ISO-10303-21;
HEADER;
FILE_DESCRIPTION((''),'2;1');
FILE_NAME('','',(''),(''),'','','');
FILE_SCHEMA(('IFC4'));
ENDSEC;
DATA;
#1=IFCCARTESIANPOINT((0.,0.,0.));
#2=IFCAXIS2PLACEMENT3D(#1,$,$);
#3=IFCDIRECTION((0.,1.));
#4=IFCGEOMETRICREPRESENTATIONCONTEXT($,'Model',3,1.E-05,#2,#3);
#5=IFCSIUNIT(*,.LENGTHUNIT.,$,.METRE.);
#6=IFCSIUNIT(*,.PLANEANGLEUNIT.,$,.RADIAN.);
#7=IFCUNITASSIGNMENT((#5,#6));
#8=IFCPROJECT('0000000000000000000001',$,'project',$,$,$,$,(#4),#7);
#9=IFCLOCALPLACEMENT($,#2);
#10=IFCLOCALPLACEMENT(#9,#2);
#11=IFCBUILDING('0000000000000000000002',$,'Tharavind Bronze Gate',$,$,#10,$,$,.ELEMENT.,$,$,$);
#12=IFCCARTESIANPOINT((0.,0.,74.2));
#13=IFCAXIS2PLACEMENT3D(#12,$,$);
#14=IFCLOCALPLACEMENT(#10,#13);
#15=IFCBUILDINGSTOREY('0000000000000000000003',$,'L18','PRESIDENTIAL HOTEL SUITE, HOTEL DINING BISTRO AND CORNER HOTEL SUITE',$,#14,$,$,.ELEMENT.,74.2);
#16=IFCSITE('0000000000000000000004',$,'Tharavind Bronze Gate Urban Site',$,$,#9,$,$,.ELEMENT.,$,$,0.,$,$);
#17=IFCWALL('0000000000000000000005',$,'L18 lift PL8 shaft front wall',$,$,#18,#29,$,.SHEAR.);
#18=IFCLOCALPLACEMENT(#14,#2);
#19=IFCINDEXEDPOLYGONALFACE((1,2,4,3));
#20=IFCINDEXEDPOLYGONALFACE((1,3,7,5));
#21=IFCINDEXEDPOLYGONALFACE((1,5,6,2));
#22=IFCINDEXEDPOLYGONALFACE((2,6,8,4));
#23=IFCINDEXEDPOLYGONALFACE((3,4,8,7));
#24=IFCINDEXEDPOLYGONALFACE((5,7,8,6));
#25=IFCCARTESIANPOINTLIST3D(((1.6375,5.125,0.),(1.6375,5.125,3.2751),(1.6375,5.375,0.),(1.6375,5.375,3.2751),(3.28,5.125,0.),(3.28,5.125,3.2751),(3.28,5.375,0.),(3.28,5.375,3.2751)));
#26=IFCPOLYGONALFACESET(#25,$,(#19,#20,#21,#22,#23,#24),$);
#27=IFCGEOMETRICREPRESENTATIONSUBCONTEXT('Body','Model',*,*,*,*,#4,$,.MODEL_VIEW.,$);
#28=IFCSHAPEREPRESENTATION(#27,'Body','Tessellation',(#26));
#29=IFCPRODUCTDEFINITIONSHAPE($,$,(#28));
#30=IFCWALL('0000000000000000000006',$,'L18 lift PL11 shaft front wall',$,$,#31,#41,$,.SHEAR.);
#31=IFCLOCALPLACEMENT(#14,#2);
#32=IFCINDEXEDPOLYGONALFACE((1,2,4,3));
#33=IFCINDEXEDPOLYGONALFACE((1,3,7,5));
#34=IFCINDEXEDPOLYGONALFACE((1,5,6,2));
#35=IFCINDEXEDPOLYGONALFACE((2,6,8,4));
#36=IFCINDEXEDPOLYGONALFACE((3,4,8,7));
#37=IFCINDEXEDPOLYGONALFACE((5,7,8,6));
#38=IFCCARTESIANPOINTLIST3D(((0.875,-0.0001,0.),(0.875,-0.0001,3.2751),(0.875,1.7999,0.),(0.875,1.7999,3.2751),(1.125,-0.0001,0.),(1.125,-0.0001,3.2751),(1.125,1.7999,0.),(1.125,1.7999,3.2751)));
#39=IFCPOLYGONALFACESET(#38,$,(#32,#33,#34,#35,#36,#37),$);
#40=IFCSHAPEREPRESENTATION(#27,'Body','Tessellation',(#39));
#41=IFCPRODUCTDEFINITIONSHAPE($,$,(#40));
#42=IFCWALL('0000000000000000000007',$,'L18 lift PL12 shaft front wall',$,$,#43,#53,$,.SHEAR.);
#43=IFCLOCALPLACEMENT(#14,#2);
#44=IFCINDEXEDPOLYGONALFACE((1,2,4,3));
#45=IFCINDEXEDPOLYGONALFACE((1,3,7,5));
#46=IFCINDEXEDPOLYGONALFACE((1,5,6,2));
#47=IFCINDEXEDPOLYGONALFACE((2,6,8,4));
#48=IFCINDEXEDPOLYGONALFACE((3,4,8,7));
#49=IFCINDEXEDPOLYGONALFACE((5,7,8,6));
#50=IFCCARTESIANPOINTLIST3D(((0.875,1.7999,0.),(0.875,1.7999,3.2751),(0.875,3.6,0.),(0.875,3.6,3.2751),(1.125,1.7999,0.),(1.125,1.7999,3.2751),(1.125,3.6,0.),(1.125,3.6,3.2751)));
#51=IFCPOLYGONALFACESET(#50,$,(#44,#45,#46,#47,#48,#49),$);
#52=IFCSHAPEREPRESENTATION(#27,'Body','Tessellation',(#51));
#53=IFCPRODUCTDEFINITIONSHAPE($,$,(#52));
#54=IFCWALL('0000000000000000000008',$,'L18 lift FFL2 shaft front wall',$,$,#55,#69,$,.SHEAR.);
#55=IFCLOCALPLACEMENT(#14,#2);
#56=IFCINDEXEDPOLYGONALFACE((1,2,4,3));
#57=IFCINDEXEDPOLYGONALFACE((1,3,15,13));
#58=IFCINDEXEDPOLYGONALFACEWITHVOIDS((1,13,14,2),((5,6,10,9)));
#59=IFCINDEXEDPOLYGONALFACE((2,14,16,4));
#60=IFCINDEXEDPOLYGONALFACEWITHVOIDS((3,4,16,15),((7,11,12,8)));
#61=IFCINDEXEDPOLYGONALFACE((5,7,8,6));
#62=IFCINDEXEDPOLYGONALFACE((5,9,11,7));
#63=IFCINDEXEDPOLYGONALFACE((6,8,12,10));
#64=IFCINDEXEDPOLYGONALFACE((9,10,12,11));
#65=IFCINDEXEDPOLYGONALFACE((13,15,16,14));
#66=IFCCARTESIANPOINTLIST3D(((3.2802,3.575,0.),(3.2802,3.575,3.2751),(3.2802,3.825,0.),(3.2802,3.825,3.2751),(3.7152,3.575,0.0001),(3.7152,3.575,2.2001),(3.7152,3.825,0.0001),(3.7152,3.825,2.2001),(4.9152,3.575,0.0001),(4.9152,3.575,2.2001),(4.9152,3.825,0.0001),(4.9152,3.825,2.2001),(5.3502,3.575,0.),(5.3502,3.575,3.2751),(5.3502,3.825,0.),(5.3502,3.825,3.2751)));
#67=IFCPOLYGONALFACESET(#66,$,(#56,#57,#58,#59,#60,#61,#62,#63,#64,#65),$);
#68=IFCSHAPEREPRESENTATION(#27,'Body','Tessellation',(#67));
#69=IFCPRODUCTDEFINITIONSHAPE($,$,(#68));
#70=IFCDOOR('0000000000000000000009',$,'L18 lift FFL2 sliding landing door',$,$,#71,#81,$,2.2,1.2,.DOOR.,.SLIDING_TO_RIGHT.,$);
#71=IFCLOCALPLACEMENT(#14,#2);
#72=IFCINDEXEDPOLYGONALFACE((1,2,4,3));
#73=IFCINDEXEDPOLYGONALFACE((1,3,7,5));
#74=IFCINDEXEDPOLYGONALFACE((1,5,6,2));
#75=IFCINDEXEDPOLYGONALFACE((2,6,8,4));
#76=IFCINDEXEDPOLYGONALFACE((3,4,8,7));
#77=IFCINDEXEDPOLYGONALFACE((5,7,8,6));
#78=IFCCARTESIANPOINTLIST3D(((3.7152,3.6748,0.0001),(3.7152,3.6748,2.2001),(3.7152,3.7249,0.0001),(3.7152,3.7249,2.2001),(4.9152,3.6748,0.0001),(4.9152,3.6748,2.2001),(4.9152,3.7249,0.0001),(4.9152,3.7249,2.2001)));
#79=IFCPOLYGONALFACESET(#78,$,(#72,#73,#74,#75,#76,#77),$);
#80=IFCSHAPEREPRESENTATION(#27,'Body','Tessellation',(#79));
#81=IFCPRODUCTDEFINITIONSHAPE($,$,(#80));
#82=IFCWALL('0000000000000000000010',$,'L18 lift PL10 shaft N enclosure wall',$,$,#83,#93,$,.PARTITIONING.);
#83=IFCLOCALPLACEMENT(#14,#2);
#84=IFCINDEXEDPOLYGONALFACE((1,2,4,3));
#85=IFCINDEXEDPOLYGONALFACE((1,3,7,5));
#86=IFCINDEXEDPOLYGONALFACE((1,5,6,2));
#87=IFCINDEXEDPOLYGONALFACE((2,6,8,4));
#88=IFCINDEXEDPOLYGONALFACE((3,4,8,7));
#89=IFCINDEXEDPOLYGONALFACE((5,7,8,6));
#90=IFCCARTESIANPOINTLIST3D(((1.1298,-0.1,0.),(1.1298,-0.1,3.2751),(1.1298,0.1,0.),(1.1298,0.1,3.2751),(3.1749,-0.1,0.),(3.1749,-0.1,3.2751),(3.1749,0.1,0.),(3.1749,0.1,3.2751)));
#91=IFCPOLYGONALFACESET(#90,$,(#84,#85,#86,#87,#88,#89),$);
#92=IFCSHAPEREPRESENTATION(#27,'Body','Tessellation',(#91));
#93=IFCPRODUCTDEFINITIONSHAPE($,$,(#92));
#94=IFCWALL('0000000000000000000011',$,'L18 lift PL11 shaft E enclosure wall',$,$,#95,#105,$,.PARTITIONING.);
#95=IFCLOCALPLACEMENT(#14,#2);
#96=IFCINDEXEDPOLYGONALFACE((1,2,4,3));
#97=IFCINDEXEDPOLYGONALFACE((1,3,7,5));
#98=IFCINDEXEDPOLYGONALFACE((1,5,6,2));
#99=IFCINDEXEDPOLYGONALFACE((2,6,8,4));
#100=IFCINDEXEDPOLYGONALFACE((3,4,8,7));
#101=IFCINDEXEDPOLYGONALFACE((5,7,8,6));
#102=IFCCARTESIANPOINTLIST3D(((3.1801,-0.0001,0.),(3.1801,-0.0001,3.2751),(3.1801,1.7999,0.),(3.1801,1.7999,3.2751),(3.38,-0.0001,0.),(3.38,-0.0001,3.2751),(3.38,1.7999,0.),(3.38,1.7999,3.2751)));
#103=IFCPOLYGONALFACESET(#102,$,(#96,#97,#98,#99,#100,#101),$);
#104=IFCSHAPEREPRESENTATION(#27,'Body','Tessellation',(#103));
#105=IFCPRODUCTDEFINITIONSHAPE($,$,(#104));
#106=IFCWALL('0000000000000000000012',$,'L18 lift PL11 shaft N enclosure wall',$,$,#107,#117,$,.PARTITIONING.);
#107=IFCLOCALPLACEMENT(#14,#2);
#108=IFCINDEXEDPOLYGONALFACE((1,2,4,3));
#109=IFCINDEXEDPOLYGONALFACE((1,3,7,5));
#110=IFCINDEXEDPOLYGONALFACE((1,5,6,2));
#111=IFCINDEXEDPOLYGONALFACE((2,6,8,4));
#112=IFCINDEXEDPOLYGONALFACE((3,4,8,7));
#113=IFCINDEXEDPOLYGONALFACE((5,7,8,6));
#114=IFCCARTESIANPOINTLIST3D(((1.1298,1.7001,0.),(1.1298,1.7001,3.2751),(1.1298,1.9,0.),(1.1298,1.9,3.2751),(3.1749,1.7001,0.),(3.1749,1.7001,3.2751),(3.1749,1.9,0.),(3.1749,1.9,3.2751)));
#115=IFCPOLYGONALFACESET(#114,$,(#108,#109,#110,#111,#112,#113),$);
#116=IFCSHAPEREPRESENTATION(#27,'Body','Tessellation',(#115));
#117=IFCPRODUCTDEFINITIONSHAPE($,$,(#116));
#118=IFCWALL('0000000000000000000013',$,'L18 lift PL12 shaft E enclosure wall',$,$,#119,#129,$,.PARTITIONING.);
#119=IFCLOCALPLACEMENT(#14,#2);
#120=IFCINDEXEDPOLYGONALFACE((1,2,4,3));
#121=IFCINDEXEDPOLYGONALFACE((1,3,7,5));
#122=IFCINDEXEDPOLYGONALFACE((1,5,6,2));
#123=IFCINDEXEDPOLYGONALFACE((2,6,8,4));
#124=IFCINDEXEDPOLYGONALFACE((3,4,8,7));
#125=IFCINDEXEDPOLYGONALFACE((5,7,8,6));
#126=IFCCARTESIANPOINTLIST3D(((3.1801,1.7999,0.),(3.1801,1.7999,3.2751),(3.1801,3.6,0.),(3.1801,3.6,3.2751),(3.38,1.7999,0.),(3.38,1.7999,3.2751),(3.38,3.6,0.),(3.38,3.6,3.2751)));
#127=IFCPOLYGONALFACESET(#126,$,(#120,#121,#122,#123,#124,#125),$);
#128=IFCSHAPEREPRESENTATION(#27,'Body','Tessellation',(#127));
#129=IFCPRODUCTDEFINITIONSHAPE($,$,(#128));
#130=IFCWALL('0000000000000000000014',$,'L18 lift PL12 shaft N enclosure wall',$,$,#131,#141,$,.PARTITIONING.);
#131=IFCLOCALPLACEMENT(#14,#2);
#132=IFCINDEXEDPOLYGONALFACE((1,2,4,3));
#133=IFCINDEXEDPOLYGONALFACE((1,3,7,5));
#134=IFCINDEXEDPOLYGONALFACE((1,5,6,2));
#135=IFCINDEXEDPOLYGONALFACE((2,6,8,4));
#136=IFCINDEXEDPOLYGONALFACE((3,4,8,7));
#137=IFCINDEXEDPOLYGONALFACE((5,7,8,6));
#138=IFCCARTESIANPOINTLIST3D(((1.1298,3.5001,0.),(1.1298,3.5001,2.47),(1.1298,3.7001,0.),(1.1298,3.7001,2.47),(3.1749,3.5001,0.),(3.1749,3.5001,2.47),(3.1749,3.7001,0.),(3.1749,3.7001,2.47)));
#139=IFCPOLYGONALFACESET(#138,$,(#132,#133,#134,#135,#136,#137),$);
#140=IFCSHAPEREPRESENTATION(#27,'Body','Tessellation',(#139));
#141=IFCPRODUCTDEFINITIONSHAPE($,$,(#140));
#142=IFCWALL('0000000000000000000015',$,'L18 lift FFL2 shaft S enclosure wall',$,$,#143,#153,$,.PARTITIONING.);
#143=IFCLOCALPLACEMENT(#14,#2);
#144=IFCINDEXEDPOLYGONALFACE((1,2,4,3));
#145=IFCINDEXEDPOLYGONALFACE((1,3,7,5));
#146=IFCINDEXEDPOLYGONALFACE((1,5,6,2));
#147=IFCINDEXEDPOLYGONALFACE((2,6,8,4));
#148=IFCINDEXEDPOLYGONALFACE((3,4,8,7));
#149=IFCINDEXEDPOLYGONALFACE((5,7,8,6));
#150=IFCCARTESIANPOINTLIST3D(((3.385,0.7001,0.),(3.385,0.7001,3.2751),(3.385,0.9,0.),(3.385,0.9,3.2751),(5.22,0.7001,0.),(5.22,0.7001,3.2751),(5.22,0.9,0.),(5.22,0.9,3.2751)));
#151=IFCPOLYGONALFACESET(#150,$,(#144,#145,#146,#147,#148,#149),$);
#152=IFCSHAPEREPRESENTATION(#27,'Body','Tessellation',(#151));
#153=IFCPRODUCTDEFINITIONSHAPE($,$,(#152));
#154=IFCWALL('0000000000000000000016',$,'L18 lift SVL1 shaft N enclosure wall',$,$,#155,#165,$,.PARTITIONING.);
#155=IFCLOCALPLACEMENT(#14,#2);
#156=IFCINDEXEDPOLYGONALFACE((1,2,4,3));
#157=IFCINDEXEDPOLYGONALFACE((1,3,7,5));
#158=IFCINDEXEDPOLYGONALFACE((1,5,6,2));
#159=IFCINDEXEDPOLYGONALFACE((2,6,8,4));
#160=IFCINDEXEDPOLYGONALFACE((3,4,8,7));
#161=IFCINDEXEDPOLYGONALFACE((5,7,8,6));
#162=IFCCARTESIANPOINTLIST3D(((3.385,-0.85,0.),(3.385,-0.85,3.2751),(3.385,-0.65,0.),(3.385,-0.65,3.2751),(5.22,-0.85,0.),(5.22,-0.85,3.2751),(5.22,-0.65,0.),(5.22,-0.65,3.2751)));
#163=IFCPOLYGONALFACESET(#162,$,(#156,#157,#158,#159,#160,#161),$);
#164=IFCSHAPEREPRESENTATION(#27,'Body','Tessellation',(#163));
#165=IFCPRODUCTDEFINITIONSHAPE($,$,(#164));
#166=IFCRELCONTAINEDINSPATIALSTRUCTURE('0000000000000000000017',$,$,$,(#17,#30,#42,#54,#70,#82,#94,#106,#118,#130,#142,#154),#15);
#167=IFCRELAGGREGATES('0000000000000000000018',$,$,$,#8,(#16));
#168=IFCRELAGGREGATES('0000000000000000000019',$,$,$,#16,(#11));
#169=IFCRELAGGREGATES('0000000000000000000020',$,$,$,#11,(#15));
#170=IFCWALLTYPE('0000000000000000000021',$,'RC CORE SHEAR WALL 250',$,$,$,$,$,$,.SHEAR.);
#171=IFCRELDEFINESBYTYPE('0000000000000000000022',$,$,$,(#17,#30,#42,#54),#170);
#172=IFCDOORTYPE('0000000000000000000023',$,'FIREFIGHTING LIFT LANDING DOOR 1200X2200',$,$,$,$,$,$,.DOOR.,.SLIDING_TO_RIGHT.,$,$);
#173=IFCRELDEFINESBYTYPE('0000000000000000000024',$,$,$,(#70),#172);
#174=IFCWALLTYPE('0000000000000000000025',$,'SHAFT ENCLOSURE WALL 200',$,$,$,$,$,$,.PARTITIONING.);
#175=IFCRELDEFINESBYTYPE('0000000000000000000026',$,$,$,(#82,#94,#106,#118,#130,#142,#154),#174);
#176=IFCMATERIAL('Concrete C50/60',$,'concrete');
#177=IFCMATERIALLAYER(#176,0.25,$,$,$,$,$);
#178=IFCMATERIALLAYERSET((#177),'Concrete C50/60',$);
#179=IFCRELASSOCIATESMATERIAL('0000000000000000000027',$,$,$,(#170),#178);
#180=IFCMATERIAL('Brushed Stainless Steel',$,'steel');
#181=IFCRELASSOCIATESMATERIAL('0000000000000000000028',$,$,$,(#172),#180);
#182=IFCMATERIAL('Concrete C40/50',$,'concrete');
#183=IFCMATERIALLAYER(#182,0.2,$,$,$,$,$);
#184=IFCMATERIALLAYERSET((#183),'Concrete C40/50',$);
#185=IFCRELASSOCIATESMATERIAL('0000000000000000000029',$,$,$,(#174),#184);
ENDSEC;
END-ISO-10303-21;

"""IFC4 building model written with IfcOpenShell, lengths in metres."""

from ifc_helpers import new_model, si_unit, direction, frame, frame_2d, origin, place, context, subcontext, project, spatial, rectangle, extrude, material, layer, layer_set, type_object, element, fill, save


model = new_model("IFC4")

# Units and contexts
model_context = context("Model", 3, precision=1e-05, world=origin(), true_north=direction((0.0, 1.0)))
body_context = subcontext(model_context, "Body", "Model", "MODEL_VIEW")
ifc_project = project(units=[si_unit("LENGTHUNIT", "METRE"), si_unit("PLANEANGLEUNIT", "RADIAN")], contexts=[model_context])

# Site, building, storey
site_placement = place(None, origin())
site = spatial("IfcSite", under=ifc_project, at=site_placement, Name="Tharavind Bronze Gate Urban Site", CompositionType="ELEMENT", RefElevation=0.0)
building_placement = place(site_placement, origin())
building = spatial("IfcBuilding", under=site, at=building_placement, Name="Tharavind Bronze Gate", CompositionType="ELEMENT")
storey_placement = place(building_placement, frame((0.0, 0.0, 74.2)))
storey = spatial("IfcBuildingStorey", under=building, at=storey_placement, Name="L18", Description="PRESIDENTIAL HOTEL SUITE, HOTEL DINING BISTRO AND CORNER HOTEL SUITE", CompositionType="ELEMENT", Elevation=74.2)

# Shared definitions
ifc_material_1 = material(Name="Concrete C50/60", Category="concrete")
ifc_layer_1 = layer(ifc_material_1, 0.25)
ifc_layer_set_1 = layer_set([ifc_layer_1], Name="Concrete C50/60")
wall_type_1 = type_object("IfcWallType", Name="RC CORE SHEAR WALL 250", PredefinedType="SHEAR", material=ifc_layer_set_1)

# Walls
wall_1_placement = place(storey_placement, frame((1.6375, 5.25, 0.0), z_axis=(0.0, 0.0, 1.0), x_axis=(1.0, 0.0, 0.0)))
element("IfcWall", 1, at=wall_1_placement, inside=storey, type_object=wall_type_1, Name="L18 lift PL8 shaft front wall", PredefinedType="SHEAR", context=body_context, shape_type="SweptSolid", body=[
    extrude(rectangle(XDim=1.6426, YDim=0.25, at=frame_2d((0.8213, 0.0))), origin(), (0.0, 0.0, 1.0), 3.2751),
])
for number, where, z_axis, x_axis, name in (
    (2, (1.0, 0.0, 0.0), (0.0, 0.0, 1.0), (0.0, 1.0, 0.0), "L18 lift PL11 shaft front wall"),
    (3, (1.0, 1.8, 0.0), (0.0, 0.0, 1.0), (0.0, 1.0, 0.0), "L18 lift PL12 shaft front wall"),
):
    element("IfcWall", number, at=place(storey_placement, frame(where, z_axis=z_axis, x_axis=x_axis)), inside=storey, type_object=wall_type_1, Name=name, PredefinedType="SHEAR", context=body_context, shape_type="SweptSolid", body=[
        extrude(rectangle(XDim=1.8, YDim=0.25, at=frame_2d((0.8999, 0.0))), origin(), (0.0, 0.0, 1.0), 3.2751),
    ])

# Wall, opening, door
wall_2_placement = place(storey_placement, frame((3.28, 3.7, 0.0), z_axis=(0.0, 0.0, 1.0), x_axis=(1.0, 0.0, 0.0)))
wall_2 = element("IfcWall", 4, at=wall_2_placement, inside=storey, type_object=wall_type_1, Name="L18 lift FFL2 shaft front wall", PredefinedType="SHEAR", context=body_context, shape_type="SweptSolid", body=[
    extrude(rectangle(XDim=2.0701, YDim=0.25, at=frame_2d((1.0352, 0.0))), origin(), (0.0, 0.0, 1.0), 3.2751),
])
opening_1_placement = place(wall_2_placement, frame((0.4351, 0.0, 0.0)))
opening_1 = element("IfcOpeningElement", 5, at=opening_1_placement, cuts=wall_2, PredefinedType="OPENING", context=body_context, shape_type="SweptSolid", body=[
    extrude(rectangle(XDim=1.2, YDim=2.2, at=frame_2d((0.6001, 1.1001))), frame((0.0, 0.135, 0.0), z_axis=(0.0, -1.0, 0.0), x_axis=(1.0, 0.0, 0.0)), (0.0, 0.0, 1.0), 0.27),
])
ifc_material_2 = material(Name="Brushed Stainless Steel", Category="steel")
door_type_1 = type_object("IfcDoorType", Name="FIREFIGHTING LIFT LANDING DOOR 1200X2200", OperationType="SLIDING_TO_RIGHT", PredefinedType="DOOR", material=ifc_material_2)
door_1_placement = place(opening_1_placement, origin())
door_1 = element("IfcDoor", 6, at=door_1_placement, inside=storey, type_object=door_type_1, Name="L18 lift FFL2 sliding landing door", OperationType="SLIDING_TO_RIGHT", OverallHeight=2.2, OverallWidth=1.2, PredefinedType="DOOR", context=body_context, shape_type="SweptSolid", body=[
    extrude(rectangle(XDim=1.2, YDim=2.2, at=frame_2d((0.6001, 1.1001))), frame((0.0, 0.0249, 0.0), z_axis=(0.0, -1.0, 0.0), x_axis=(1.0, 0.0, 0.0)), (0.0, 0.0, 1.0), 0.05),
])
fill(opening_1, door_1)

# Walls
ifc_material_3 = material(Name="Concrete C40/50", Category="concrete")
ifc_layer_2 = layer(ifc_material_3, 0.2)
ifc_layer_set_2 = layer_set([ifc_layer_2], Name="Concrete C40/50")
wall_type_2 = type_object("IfcWallType", Name="SHAFT ENCLOSURE WALL 200", PredefinedType="PARTITIONING", material=ifc_layer_set_2)
wall_3_placement = place(storey_placement, frame((1.1299, 0.0, 0.0), z_axis=(0.0, 0.0, 1.0), x_axis=(1.0, 0.0, 0.0)))
element("IfcWall", 7, at=wall_3_placement, inside=storey, type_object=wall_type_2, Name="L18 lift PL10 shaft N enclosure wall", PredefinedType="PARTITIONING", context=body_context, shape_type="SweptSolid", body=[
    extrude(rectangle(XDim=2.0452, YDim=0.2, at=frame_2d((1.0225, 0.0))), origin(), (0.0, 0.0, 1.0), 3.2751),
])
wall_4_placement = place(storey_placement, frame((3.28, 0.0, 0.0), z_axis=(0.0, 0.0, 1.0), x_axis=(0.0, 1.0, 0.0)))
element("IfcWall", 8, at=wall_4_placement, inside=storey, type_object=wall_type_2, Name="L18 lift PL11 shaft E enclosure wall", PredefinedType="PARTITIONING", context=body_context, shape_type="SweptSolid", body=[
    extrude(rectangle(XDim=1.8, YDim=0.2, at=frame_2d((0.8999, 0.0))), origin(), (0.0, 0.0, 1.0), 3.2751),
])
wall_5_placement = place(storey_placement, frame((1.1299, 1.8, 0.0), z_axis=(0.0, 0.0, 1.0), x_axis=(1.0, 0.0, 0.0)))
element("IfcWall", 9, at=wall_5_placement, inside=storey, type_object=wall_type_2, Name="L18 lift PL11 shaft N enclosure wall", PredefinedType="PARTITIONING", context=body_context, shape_type="SweptSolid", body=[
    extrude(rectangle(XDim=2.0452, YDim=0.2, at=frame_2d((1.0225, 0.0))), origin(), (0.0, 0.0, 1.0), 3.2751),
])
wall_6_placement = place(storey_placement, frame((3.28, 1.8, 0.0), z_axis=(0.0, 0.0, 1.0), x_axis=(0.0, 1.0, 0.0)))
element("IfcWall", 10, at=wall_6_placement, inside=storey, type_object=wall_type_2, Name="L18 lift PL12 shaft E enclosure wall", PredefinedType="PARTITIONING", context=body_context, shape_type="SweptSolid", body=[
    extrude(rectangle(XDim=1.8, YDim=0.2, at=frame_2d((0.8999, 0.0))), origin(), (0.0, 0.0, 1.0), 3.2751),
])
wall_7_placement = place(storey_placement, frame((1.1299, 3.6001, 0.0), z_axis=(0.0, 0.0, 1.0), x_axis=(1.0, 0.0, 0.0)))
element("IfcWall", 11, at=wall_7_placement, inside=storey, type_object=wall_type_2, Name="L18 lift PL12 shaft N enclosure wall", PredefinedType="PARTITIONING", context=body_context, shape_type="SweptSolid", body=[
    extrude(rectangle(XDim=2.0452, YDim=0.2, at=frame_2d((1.0225, 0.0))), origin(), (0.0, 0.0, 1.0), 2.47),
])
for number, where, z_axis, x_axis, name in (
    (12, (3.385, 0.8, 0.0), (0.0, 0.0, 1.0), (1.0, 0.0, 0.0), "L18 lift FFL2 shaft S enclosure wall"),
    (13, (3.385, -0.75, 0.0), (0.0, 0.0, 1.0), (1.0, 0.0, 0.0), "L18 lift SVL1 shaft N enclosure wall"),
):
    element("IfcWall", number, at=place(storey_placement, frame(where, z_axis=z_axis, x_axis=x_axis)), inside=storey, type_object=wall_type_2, Name=name, PredefinedType="PARTITIONING", context=body_context, shape_type="SweptSolid", body=[
        extrude(rectangle(XDim=1.835, YDim=0.2, at=frame_2d((0.9175, 0.0))), origin(), (0.0, 0.0, 1.0), 3.2751),
    ])

save(model, "model.ifc")
